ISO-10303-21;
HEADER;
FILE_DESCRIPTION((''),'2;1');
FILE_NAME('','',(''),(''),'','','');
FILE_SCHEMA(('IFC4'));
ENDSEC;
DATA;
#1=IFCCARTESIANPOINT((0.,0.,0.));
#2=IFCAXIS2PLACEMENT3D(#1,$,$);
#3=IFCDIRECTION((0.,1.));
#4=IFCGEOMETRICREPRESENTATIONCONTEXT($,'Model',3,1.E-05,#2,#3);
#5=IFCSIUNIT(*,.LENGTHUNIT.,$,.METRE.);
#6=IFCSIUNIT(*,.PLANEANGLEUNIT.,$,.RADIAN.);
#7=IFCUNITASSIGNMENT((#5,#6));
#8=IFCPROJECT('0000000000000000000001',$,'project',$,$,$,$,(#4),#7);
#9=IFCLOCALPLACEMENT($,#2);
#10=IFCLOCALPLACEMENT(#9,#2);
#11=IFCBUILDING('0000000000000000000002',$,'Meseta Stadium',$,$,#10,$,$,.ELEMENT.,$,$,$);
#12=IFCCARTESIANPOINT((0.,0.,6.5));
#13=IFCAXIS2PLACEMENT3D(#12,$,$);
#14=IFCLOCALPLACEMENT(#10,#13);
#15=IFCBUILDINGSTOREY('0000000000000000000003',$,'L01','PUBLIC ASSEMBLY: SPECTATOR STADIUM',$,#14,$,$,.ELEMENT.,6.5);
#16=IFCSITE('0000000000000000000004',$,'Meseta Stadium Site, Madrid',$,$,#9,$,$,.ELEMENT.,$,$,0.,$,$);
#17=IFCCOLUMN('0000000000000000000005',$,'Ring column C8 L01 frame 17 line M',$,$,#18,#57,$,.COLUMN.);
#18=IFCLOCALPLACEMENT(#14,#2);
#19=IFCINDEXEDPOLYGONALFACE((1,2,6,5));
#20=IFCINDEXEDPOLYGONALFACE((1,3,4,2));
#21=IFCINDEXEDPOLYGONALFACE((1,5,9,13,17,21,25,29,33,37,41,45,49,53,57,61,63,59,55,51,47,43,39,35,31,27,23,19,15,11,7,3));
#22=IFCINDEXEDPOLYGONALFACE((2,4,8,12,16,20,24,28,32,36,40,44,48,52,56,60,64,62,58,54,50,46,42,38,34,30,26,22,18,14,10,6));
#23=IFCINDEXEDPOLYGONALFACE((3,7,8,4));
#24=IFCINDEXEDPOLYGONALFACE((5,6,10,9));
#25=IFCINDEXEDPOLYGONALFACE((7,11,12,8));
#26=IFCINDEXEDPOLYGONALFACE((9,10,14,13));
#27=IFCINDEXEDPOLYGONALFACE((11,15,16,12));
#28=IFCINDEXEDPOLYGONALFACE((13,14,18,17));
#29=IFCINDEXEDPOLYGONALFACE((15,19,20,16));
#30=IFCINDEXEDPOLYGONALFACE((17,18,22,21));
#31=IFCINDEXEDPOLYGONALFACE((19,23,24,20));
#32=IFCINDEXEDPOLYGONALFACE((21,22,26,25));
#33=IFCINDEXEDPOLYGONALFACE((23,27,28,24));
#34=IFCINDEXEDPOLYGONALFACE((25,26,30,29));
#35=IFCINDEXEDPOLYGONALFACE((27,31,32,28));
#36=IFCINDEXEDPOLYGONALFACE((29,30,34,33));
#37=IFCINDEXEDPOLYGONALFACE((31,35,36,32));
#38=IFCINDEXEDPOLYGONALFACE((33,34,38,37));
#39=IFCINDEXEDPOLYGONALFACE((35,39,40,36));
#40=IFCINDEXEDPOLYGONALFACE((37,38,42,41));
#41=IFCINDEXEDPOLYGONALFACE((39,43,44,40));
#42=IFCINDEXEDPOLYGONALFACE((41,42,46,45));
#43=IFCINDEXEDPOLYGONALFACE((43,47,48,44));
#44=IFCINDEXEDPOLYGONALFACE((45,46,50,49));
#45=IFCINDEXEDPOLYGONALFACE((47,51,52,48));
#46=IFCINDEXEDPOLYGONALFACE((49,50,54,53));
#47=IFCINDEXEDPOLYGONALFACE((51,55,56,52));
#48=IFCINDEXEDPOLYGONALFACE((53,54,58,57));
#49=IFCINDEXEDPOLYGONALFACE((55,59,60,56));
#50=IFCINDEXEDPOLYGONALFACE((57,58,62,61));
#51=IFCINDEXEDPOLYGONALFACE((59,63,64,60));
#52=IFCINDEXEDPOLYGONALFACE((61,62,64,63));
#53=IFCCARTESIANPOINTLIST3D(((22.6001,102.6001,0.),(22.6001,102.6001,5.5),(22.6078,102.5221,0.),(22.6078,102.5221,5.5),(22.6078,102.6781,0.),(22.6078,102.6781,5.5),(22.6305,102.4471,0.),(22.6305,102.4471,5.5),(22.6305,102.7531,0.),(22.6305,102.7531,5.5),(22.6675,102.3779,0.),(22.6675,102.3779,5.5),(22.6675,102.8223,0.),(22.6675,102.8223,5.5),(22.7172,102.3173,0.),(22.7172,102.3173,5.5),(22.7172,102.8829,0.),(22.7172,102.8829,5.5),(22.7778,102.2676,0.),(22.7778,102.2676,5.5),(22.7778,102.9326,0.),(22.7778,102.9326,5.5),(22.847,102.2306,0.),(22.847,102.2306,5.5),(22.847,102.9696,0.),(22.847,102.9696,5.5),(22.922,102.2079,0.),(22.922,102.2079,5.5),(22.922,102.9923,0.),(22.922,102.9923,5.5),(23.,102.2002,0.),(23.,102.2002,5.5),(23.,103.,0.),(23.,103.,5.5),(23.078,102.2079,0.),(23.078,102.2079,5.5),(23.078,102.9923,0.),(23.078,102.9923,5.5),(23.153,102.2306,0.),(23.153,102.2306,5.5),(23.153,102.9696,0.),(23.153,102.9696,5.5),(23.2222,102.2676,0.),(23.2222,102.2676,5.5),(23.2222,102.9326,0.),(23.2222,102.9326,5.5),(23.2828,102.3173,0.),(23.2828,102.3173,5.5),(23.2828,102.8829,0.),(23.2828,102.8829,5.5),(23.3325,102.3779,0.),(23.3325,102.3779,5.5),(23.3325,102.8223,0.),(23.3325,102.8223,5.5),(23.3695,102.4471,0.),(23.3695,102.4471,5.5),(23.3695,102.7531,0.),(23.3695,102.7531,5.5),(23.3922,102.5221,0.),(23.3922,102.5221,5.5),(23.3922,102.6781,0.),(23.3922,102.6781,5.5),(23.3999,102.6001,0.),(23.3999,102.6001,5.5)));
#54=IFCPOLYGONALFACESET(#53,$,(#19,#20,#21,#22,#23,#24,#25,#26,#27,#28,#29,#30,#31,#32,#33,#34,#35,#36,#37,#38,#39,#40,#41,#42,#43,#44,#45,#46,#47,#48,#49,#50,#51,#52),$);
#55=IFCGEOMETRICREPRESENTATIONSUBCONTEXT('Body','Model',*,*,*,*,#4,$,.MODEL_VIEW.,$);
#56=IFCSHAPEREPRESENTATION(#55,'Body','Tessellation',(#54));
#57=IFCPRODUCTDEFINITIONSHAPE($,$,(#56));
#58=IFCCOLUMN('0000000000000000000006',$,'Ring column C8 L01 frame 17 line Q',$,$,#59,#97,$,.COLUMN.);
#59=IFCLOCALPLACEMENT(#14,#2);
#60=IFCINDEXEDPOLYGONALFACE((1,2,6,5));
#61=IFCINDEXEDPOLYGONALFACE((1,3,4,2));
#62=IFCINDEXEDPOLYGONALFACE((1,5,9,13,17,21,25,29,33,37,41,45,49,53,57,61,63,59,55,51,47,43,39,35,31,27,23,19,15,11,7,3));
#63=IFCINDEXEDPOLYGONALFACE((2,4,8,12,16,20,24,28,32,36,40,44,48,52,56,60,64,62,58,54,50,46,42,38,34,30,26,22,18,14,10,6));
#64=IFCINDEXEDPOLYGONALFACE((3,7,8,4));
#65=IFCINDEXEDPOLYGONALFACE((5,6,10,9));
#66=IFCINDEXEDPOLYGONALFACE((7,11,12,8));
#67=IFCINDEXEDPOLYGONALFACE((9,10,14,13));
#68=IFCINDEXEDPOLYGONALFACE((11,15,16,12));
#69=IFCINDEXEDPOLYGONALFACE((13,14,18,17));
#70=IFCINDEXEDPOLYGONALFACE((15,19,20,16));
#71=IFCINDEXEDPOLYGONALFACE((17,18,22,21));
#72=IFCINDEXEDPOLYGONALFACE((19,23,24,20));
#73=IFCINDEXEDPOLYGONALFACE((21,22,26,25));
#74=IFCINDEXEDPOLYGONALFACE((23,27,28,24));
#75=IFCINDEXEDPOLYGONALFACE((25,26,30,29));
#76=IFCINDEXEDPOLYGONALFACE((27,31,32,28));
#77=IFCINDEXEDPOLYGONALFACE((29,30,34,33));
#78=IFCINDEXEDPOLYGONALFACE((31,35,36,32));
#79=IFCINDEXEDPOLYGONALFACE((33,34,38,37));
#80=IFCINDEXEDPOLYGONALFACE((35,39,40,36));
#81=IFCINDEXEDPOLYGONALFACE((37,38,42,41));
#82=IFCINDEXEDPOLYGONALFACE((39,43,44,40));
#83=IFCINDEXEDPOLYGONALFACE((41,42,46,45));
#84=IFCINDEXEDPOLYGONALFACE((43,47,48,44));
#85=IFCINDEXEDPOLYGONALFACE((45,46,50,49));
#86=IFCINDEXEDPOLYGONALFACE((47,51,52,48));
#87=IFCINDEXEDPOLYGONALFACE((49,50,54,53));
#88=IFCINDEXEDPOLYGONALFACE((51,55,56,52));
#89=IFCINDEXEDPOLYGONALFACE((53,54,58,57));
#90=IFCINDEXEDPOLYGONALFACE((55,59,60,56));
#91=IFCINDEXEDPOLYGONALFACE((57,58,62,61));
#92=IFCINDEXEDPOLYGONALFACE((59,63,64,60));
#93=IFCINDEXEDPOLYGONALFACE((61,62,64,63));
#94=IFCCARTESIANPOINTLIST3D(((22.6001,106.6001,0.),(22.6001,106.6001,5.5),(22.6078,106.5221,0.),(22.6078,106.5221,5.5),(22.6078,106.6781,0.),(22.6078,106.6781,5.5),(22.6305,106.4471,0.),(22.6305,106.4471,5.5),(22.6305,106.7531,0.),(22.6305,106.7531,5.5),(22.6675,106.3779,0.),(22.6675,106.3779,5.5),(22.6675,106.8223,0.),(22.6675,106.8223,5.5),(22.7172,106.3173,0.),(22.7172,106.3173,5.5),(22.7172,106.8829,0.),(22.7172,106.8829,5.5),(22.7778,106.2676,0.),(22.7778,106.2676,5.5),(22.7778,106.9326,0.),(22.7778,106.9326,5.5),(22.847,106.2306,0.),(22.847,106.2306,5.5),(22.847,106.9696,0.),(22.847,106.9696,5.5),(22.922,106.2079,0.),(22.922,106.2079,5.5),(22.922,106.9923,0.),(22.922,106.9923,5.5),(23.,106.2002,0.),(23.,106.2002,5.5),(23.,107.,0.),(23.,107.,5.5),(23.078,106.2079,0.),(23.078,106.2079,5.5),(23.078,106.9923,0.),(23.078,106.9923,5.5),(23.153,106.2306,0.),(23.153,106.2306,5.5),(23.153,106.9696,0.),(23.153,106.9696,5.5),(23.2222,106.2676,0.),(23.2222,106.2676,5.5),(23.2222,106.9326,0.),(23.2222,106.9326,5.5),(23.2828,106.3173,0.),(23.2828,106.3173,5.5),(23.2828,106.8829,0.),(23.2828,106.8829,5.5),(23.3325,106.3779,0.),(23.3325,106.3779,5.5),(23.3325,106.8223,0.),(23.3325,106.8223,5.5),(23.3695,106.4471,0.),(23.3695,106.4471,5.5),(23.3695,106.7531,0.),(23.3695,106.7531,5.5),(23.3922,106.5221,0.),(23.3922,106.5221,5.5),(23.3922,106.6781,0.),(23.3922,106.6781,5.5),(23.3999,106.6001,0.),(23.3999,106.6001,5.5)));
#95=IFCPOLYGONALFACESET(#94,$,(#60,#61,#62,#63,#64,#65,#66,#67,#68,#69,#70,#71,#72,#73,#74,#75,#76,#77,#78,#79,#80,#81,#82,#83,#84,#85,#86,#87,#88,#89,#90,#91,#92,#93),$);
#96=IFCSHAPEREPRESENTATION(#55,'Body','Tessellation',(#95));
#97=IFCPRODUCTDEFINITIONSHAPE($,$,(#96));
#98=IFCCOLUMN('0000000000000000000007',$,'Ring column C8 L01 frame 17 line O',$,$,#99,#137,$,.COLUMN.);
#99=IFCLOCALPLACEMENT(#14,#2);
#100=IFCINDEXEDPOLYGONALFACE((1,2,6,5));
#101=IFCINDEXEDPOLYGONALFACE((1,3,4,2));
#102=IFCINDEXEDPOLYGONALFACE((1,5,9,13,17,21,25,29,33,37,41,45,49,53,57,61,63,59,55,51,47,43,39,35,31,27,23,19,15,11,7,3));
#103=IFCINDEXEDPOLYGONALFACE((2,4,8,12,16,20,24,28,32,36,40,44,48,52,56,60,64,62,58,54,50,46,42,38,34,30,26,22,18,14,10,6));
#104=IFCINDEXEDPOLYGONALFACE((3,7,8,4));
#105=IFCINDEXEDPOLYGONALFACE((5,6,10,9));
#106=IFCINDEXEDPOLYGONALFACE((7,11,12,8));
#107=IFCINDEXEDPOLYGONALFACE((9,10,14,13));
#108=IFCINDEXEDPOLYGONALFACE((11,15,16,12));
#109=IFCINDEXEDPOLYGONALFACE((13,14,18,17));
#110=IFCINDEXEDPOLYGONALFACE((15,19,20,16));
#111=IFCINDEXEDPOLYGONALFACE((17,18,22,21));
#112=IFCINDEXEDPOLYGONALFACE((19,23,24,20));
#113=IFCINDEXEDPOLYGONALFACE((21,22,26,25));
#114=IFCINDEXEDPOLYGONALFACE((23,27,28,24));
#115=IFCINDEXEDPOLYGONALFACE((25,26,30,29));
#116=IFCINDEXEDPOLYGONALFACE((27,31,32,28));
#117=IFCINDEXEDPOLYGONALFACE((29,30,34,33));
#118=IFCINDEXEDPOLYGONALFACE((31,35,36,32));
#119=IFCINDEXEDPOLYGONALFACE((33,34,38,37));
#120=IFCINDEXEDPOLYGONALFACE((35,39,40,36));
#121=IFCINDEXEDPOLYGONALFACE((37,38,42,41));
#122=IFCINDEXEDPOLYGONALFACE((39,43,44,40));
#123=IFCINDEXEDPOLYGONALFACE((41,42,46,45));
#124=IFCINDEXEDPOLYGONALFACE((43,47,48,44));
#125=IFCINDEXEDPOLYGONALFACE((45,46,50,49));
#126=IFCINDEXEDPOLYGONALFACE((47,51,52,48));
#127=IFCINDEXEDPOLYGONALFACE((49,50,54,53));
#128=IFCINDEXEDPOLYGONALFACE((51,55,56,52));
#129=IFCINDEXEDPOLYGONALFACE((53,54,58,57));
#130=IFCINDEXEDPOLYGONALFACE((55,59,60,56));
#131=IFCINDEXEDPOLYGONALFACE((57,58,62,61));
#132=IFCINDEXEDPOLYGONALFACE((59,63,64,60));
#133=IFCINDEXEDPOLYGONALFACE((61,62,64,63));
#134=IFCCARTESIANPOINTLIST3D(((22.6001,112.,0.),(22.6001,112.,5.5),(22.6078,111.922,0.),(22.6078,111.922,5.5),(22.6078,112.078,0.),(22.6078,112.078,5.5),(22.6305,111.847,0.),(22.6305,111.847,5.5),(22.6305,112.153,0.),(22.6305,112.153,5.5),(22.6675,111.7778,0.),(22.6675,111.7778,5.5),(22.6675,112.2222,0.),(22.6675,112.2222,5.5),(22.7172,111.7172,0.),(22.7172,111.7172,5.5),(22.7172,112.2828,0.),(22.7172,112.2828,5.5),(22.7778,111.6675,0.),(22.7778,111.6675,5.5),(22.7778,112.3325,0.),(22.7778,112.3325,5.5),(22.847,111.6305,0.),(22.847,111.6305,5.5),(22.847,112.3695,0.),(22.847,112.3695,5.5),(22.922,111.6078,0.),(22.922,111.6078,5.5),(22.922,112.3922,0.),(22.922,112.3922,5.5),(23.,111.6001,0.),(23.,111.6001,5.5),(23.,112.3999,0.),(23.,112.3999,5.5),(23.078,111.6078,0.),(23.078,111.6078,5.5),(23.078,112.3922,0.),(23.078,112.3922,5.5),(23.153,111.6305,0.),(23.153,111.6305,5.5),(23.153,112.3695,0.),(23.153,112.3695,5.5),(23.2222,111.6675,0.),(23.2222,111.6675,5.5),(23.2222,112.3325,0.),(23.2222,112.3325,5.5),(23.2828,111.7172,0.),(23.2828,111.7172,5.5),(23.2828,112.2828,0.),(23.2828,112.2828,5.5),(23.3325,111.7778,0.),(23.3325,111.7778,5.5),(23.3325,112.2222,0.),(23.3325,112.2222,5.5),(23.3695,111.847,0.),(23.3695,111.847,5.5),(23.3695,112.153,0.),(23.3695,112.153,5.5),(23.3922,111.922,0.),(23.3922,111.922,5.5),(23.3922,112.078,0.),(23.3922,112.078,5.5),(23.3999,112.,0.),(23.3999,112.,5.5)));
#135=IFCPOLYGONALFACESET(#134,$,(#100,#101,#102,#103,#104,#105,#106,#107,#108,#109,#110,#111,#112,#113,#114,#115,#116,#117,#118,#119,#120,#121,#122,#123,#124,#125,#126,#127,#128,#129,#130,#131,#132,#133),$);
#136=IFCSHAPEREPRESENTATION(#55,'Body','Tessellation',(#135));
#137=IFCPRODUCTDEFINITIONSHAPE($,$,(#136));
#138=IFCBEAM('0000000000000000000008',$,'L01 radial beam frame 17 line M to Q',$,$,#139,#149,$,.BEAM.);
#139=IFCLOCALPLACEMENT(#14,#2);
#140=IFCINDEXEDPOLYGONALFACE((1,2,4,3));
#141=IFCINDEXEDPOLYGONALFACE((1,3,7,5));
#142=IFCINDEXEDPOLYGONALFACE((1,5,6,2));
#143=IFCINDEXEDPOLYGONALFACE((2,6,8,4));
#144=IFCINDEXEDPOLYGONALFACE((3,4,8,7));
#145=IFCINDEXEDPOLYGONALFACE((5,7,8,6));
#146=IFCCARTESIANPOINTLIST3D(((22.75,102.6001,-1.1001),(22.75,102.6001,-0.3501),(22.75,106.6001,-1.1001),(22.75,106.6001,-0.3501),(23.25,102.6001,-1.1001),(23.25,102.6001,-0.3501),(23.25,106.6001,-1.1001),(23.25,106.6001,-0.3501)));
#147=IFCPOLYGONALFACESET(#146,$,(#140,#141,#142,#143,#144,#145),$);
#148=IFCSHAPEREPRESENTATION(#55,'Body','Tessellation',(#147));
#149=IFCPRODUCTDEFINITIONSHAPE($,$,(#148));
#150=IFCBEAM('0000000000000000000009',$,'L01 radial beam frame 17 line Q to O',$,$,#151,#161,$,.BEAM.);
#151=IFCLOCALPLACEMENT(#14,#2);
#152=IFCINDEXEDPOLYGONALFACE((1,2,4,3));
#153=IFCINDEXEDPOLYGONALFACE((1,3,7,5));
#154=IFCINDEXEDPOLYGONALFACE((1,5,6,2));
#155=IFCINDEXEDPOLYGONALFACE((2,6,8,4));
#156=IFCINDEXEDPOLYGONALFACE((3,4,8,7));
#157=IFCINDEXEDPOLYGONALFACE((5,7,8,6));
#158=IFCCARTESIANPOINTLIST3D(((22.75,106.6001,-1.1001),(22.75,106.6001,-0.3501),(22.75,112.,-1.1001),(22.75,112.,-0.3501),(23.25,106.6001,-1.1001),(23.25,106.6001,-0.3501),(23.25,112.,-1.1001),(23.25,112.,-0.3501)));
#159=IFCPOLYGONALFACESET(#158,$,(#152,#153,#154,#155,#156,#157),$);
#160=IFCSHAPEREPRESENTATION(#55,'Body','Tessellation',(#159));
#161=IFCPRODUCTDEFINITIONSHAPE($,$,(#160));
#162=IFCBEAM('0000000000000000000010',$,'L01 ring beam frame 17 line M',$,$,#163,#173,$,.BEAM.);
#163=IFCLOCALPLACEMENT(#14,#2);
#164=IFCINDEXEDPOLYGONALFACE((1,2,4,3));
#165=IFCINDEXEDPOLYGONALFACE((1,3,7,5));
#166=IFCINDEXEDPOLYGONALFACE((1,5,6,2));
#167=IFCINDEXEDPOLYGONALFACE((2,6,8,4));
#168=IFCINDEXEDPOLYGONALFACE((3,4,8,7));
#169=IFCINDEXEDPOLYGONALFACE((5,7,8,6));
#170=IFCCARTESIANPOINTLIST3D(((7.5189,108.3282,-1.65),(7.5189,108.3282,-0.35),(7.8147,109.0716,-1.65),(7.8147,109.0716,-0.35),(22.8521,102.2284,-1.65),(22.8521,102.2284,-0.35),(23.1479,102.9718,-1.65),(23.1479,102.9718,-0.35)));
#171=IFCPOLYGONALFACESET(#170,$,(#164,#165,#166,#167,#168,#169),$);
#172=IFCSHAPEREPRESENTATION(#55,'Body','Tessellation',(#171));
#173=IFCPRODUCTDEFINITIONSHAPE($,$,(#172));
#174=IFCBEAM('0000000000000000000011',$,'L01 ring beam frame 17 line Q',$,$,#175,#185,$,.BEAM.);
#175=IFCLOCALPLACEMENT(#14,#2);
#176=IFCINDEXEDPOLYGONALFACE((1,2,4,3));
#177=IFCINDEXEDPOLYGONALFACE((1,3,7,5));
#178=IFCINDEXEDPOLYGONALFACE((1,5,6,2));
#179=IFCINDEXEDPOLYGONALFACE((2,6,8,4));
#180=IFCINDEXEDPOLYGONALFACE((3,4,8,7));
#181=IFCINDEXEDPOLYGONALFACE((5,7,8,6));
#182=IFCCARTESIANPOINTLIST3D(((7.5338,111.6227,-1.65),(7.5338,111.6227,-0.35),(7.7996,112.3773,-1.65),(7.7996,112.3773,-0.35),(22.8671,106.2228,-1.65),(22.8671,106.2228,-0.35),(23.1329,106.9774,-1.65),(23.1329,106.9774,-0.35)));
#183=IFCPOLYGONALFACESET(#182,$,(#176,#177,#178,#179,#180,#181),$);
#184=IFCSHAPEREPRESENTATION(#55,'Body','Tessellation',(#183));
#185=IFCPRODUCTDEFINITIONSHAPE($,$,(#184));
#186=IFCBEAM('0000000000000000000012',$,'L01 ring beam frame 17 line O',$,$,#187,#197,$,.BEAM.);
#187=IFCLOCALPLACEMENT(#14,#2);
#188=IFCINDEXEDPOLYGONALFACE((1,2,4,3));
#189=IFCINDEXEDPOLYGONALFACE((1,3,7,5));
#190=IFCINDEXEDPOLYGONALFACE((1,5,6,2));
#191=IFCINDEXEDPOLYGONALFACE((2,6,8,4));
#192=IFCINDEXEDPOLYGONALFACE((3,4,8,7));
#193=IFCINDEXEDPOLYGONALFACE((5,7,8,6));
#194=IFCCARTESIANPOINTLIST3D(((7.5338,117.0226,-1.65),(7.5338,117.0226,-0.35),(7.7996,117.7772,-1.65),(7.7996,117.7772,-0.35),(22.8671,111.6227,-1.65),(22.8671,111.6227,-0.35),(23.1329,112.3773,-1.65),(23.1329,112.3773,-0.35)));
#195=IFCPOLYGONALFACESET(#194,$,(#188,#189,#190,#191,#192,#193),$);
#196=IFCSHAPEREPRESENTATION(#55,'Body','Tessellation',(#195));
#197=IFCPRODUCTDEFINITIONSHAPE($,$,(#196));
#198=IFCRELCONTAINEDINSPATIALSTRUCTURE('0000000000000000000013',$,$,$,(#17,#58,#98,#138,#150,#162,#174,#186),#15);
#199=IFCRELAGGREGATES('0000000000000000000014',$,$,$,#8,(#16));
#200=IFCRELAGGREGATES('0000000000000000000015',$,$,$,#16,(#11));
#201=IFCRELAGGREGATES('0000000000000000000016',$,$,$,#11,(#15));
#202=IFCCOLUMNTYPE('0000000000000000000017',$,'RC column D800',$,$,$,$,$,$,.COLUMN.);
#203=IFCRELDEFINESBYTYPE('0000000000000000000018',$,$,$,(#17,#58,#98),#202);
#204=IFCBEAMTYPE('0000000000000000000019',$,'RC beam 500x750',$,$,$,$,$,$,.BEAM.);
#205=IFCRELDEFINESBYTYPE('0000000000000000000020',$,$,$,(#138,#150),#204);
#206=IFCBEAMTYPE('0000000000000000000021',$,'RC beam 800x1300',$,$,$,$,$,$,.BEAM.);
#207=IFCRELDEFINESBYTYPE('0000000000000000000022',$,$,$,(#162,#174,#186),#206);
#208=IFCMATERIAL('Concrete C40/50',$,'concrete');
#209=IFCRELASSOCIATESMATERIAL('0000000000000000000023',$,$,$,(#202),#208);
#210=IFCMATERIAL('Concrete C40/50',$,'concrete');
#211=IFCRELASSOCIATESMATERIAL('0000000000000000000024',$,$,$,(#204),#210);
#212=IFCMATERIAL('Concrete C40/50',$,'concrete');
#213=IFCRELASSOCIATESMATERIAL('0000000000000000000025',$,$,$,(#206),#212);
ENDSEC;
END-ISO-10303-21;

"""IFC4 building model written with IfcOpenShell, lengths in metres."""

from ifc_helpers import new_model, si_unit, direction, frame, origin, origin_2d, place, context, subcontext, project, spatial, rectangle, circle, extrude, material, material_profile, profile_set, type_object, element, save


model = new_model("IFC4")

# Units and contexts
model_context = context("Model", 3, precision=1e-05, world=origin(), true_north=direction((0.0, 1.0)))
body_context = subcontext(model_context, "Body", "Model", "MODEL_VIEW")
ifc_project = project(units=[si_unit("LENGTHUNIT", "METRE"), si_unit("PLANEANGLEUNIT", "RADIAN")], contexts=[model_context])

# Site, building, storey
site_placement = place(None, origin())
site = spatial("IfcSite", under=ifc_project, at=site_placement, Name="Meseta Stadium Site, Madrid", CompositionType="ELEMENT", RefElevation=0.0)
building_placement = place(site_placement, origin())
building = spatial("IfcBuilding", under=site, at=building_placement, Name="Meseta Stadium", CompositionType="ELEMENT")
storey_placement = place(building_placement, frame((0.0, 0.0, 6.5)))
storey = spatial("IfcBuildingStorey", under=building, at=storey_placement, Name="L01", Description="PUBLIC ASSEMBLY: SPECTATOR STADIUM", CompositionType="ELEMENT", Elevation=6.5)

# Columns
ifc_material_1 = material(Name="Concrete C40/50", Category="concrete")
ifc_material_profile_1 = material_profile(ifc_material_1, circle(Radius=0.3999, at=origin_2d()), Name="RC D800")
ifc_profile_set_1 = profile_set([ifc_material_profile_1], Name="Concrete C40/50")
column_type = type_object("IfcColumnType", Name="RC column D800", PredefinedType="COLUMN", material=ifc_profile_set_1)
for number, where, z_axis, x_axis, name in (
    (1, (23.0, 102.6001, 0.0), (0.0, 0.0, 1.0), (1.0, 0.0, 0.0), "Ring column C8 L01 frame 17 line M"),
    (2, (23.0, 106.6001, 0.0), (0.0, 0.0, 1.0), (1.0, 0.0, 0.0), "Ring column C8 L01 frame 17 line Q"),
    (3, (23.0, 112.0, 0.0), (0.0, 0.0, 1.0), (1.0, 0.0, 0.0), "Ring column C8 L01 frame 17 line O"),
):
    element("IfcColumn", number, at=place(storey_placement, frame(where, z_axis=z_axis, x_axis=x_axis)), inside=storey, type_object=column_type, Name=name, PredefinedType="COLUMN", context=body_context, shape_type="SweptSolid", body=[
        extrude(circle(Radius=0.3999, at=origin_2d()), origin(), (0.0, 0.0, 1.0), 5.5),
    ])

# Beams
ifc_material_2 = material(Name="Concrete C40/50", Category="concrete")
ifc_material_profile_2 = material_profile(ifc_material_2, rectangle(XDim=0.5, YDim=0.75, at=origin_2d()), Name="RC 500x750")
ifc_profile_set_2 = profile_set([ifc_material_profile_2], Name="Concrete C40/50")
beam_type_1 = type_object("IfcBeamType", Name="RC beam 500x750", PredefinedType="BEAM", material=ifc_profile_set_2)
beam_1_placement = place(storey_placement, frame((23.0, 102.6001, -0.7251), z_axis=(0.0, 1.0, 0.0), x_axis=(-1.0, 0.0, 0.0)))
element("IfcBeam", 4, at=beam_1_placement, inside=storey, type_object=beam_type_1, Name="L01 radial beam frame 17 line M to Q", PredefinedType="BEAM", context=body_context, shape_type="SweptSolid", body=[
    extrude(rectangle(XDim=0.5, YDim=0.75, at=origin_2d()), origin(), (0.0, 0.0, 1.0), 4.0),
])
beam_2_placement = place(storey_placement, frame((23.0, 106.6001, -0.7251), z_axis=(0.0, 1.0, 0.0), x_axis=(-1.0, 0.0, 0.0)))
element("IfcBeam", 5, at=beam_2_placement, inside=storey, type_object=beam_type_1, Name="L01 radial beam frame 17 line Q to O", PredefinedType="BEAM", context=body_context, shape_type="SweptSolid", body=[
    extrude(rectangle(XDim=0.5, YDim=0.75, at=origin_2d()), origin(), (0.0, 0.0, 1.0), 5.3999),
])
ifc_material_3 = material(Name="Concrete C40/50", Category="concrete")
ifc_material_profile_3 = material_profile(ifc_material_3, rectangle(XDim=0.8, YDim=1.3, at=origin_2d()), Name="RC 800x1300")
ifc_profile_set_3 = profile_set([ifc_material_profile_3], Name="Concrete C40/50")
beam_type_2 = type_object("IfcBeamType", Name="RC beam 800x1300", PredefinedType="BEAM", material=ifc_profile_set_3)
beam_3_placement = place(storey_placement, frame((23.0, 102.6001, -1.0), z_axis=(-0.929174, 0.369643, 0.0), x_axis=(-0.369643, -0.929174, 0.0)))
element("IfcBeam", 6, at=beam_3_placement, inside=storey, type_object=beam_type_2, Name="L01 ring beam frame 17 line M", PredefinedType="BEAM", context=body_context, shape_type="SweptSolid", body=[
    extrude(rectangle(XDim=0.8, YDim=1.3, at=origin_2d()), origin(), (0.0, 0.0, 1.0), 16.502),
])
for number, where, z_axis, x_axis, name in (
    (7, (23.0, 106.6001, -1.0), (-0.943219, 0.332173, 0.0), (-0.332173, -0.943219, 0.0), "L01 ring beam frame 17 line Q"),
    (8, (23.0, 112.0, -1.0), (-0.943219, 0.332173, 0.0), (-0.332173, -0.943219, 0.0), "L01 ring beam frame 17 line O"),
):
    element("IfcBeam", number, at=place(storey_placement, frame(where, z_axis=z_axis, x_axis=x_axis)), inside=storey, type_object=beam_type_2, Name=name, PredefinedType="BEAM", context=body_context, shape_type="SweptSolid", body=[
        extrude(rectangle(XDim=0.8, YDim=1.3, at=origin_2d()), origin(), (0.0, 0.0, 1.0), 16.2563),
    ])

save(model, "model.ifc")
